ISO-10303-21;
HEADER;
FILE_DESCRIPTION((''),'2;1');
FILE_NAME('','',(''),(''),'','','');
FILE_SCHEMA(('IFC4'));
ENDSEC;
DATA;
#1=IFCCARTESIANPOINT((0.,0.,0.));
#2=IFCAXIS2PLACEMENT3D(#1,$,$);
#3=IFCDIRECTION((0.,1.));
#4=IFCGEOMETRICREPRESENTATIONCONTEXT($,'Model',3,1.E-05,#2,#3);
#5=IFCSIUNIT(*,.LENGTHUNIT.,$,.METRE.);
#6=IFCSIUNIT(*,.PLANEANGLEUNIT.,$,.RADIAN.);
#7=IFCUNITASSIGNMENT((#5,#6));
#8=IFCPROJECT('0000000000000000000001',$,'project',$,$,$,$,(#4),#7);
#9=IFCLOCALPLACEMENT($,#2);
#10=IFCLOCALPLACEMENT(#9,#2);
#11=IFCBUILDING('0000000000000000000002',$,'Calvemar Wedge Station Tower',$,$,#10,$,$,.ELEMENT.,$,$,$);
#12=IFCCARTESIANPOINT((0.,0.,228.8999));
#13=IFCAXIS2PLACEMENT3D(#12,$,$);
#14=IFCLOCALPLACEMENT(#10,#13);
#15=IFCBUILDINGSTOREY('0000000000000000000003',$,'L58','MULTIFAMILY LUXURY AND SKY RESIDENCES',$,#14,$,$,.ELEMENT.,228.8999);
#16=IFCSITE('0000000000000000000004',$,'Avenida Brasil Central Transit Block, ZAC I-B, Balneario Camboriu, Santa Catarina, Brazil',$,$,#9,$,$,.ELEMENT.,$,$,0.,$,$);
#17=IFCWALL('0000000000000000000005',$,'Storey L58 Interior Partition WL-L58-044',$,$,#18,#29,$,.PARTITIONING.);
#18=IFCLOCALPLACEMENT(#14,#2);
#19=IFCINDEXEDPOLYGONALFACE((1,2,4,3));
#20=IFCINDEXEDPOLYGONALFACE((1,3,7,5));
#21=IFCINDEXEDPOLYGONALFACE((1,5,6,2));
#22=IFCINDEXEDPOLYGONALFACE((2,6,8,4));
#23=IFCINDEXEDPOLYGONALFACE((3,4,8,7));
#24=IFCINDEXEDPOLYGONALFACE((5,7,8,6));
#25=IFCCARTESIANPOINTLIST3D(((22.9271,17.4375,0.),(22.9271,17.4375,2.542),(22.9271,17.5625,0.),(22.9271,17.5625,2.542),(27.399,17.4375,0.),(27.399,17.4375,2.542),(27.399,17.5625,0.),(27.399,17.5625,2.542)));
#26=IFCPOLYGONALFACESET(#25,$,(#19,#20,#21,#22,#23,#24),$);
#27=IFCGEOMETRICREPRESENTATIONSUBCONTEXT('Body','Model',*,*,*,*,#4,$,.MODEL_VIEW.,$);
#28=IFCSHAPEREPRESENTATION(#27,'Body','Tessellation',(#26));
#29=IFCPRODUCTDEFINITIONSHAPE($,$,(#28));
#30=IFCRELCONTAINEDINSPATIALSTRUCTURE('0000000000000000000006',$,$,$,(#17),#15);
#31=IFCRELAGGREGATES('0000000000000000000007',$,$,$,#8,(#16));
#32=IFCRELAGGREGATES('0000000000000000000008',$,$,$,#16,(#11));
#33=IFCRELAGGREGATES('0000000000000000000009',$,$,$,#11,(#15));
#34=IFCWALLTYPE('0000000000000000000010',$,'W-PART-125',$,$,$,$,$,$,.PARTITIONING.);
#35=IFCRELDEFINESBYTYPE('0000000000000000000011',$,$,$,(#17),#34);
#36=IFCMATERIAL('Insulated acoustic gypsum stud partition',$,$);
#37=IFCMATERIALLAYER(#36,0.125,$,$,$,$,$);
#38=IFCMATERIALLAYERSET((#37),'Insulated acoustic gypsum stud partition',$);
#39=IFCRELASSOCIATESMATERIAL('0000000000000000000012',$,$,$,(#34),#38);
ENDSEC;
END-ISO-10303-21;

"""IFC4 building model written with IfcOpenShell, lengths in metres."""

from ifc_helpers import new_model, si_unit, direction, frame, frame_2d, origin, place, context, subcontext, project, spatial, rectangle, extrude, material, layer, layer_set, type_object, element, save


model = new_model("IFC4")

# Units and contexts
model_context = context("Model", 3, precision=1e-05, world=origin(), true_north=direction((0.0, 1.0)))
body_context = subcontext(model_context, "Body", "Model", "MODEL_VIEW")
ifc_project = project(units=[si_unit("LENGTHUNIT", "METRE"), si_unit("PLANEANGLEUNIT", "RADIAN")], contexts=[model_context])

# Site, building, storey
site_placement = place(None, origin())
site = spatial("IfcSite", under=ifc_project, at=site_placement, Name="Avenida Brasil Central Transit Block, ZAC I-B, Balneario Camboriu, Santa Catarina, Brazil", CompositionType="ELEMENT", RefElevation=0.0)
building_placement = place(site_placement, origin())
building = spatial("IfcBuilding", under=site, at=building_placement, Name="Calvemar Wedge Station Tower", CompositionType="ELEMENT")
storey_placement = place(building_placement, frame((0.0, 0.0, 228.8999)))
storey = spatial("IfcBuildingStorey", under=building, at=storey_placement, Name="L58", Description="MULTIFAMILY LUXURY AND SKY RESIDENCES", CompositionType="ELEMENT", Elevation=228.8999)

# Wall
ifc_material_1 = material(Name="Insulated acoustic gypsum stud partition")
ifc_layer_1 = layer(ifc_material_1, 0.125)
ifc_layer_set_1 = layer_set([ifc_layer_1], Name="Insulated acoustic gypsum stud partition")
wall_type_1 = type_object("IfcWallType", Name="W-PART-125", PredefinedType="PARTITIONING", material=ifc_layer_set_1)
wall_1_placement = place(storey_placement, frame((27.3989, 17.5, 0.0), z_axis=(0.0, 0.0, 1.0), x_axis=(-1.0, 0.0, 0.0)))
element("IfcWall", 1, at=wall_1_placement, inside=storey, type_object=wall_type_1, Name="Storey L58 Interior Partition WL-L58-044", PredefinedType="PARTITIONING", context=body_context, shape_type="SweptSolid", body=[
    extrude(rectangle(XDim=4.4719, YDim=0.125, at=frame_2d((2.2358, 0.0))), origin(), (0.0, 0.0, 1.0), 2.542),
])

save(model, "model.ifc")
